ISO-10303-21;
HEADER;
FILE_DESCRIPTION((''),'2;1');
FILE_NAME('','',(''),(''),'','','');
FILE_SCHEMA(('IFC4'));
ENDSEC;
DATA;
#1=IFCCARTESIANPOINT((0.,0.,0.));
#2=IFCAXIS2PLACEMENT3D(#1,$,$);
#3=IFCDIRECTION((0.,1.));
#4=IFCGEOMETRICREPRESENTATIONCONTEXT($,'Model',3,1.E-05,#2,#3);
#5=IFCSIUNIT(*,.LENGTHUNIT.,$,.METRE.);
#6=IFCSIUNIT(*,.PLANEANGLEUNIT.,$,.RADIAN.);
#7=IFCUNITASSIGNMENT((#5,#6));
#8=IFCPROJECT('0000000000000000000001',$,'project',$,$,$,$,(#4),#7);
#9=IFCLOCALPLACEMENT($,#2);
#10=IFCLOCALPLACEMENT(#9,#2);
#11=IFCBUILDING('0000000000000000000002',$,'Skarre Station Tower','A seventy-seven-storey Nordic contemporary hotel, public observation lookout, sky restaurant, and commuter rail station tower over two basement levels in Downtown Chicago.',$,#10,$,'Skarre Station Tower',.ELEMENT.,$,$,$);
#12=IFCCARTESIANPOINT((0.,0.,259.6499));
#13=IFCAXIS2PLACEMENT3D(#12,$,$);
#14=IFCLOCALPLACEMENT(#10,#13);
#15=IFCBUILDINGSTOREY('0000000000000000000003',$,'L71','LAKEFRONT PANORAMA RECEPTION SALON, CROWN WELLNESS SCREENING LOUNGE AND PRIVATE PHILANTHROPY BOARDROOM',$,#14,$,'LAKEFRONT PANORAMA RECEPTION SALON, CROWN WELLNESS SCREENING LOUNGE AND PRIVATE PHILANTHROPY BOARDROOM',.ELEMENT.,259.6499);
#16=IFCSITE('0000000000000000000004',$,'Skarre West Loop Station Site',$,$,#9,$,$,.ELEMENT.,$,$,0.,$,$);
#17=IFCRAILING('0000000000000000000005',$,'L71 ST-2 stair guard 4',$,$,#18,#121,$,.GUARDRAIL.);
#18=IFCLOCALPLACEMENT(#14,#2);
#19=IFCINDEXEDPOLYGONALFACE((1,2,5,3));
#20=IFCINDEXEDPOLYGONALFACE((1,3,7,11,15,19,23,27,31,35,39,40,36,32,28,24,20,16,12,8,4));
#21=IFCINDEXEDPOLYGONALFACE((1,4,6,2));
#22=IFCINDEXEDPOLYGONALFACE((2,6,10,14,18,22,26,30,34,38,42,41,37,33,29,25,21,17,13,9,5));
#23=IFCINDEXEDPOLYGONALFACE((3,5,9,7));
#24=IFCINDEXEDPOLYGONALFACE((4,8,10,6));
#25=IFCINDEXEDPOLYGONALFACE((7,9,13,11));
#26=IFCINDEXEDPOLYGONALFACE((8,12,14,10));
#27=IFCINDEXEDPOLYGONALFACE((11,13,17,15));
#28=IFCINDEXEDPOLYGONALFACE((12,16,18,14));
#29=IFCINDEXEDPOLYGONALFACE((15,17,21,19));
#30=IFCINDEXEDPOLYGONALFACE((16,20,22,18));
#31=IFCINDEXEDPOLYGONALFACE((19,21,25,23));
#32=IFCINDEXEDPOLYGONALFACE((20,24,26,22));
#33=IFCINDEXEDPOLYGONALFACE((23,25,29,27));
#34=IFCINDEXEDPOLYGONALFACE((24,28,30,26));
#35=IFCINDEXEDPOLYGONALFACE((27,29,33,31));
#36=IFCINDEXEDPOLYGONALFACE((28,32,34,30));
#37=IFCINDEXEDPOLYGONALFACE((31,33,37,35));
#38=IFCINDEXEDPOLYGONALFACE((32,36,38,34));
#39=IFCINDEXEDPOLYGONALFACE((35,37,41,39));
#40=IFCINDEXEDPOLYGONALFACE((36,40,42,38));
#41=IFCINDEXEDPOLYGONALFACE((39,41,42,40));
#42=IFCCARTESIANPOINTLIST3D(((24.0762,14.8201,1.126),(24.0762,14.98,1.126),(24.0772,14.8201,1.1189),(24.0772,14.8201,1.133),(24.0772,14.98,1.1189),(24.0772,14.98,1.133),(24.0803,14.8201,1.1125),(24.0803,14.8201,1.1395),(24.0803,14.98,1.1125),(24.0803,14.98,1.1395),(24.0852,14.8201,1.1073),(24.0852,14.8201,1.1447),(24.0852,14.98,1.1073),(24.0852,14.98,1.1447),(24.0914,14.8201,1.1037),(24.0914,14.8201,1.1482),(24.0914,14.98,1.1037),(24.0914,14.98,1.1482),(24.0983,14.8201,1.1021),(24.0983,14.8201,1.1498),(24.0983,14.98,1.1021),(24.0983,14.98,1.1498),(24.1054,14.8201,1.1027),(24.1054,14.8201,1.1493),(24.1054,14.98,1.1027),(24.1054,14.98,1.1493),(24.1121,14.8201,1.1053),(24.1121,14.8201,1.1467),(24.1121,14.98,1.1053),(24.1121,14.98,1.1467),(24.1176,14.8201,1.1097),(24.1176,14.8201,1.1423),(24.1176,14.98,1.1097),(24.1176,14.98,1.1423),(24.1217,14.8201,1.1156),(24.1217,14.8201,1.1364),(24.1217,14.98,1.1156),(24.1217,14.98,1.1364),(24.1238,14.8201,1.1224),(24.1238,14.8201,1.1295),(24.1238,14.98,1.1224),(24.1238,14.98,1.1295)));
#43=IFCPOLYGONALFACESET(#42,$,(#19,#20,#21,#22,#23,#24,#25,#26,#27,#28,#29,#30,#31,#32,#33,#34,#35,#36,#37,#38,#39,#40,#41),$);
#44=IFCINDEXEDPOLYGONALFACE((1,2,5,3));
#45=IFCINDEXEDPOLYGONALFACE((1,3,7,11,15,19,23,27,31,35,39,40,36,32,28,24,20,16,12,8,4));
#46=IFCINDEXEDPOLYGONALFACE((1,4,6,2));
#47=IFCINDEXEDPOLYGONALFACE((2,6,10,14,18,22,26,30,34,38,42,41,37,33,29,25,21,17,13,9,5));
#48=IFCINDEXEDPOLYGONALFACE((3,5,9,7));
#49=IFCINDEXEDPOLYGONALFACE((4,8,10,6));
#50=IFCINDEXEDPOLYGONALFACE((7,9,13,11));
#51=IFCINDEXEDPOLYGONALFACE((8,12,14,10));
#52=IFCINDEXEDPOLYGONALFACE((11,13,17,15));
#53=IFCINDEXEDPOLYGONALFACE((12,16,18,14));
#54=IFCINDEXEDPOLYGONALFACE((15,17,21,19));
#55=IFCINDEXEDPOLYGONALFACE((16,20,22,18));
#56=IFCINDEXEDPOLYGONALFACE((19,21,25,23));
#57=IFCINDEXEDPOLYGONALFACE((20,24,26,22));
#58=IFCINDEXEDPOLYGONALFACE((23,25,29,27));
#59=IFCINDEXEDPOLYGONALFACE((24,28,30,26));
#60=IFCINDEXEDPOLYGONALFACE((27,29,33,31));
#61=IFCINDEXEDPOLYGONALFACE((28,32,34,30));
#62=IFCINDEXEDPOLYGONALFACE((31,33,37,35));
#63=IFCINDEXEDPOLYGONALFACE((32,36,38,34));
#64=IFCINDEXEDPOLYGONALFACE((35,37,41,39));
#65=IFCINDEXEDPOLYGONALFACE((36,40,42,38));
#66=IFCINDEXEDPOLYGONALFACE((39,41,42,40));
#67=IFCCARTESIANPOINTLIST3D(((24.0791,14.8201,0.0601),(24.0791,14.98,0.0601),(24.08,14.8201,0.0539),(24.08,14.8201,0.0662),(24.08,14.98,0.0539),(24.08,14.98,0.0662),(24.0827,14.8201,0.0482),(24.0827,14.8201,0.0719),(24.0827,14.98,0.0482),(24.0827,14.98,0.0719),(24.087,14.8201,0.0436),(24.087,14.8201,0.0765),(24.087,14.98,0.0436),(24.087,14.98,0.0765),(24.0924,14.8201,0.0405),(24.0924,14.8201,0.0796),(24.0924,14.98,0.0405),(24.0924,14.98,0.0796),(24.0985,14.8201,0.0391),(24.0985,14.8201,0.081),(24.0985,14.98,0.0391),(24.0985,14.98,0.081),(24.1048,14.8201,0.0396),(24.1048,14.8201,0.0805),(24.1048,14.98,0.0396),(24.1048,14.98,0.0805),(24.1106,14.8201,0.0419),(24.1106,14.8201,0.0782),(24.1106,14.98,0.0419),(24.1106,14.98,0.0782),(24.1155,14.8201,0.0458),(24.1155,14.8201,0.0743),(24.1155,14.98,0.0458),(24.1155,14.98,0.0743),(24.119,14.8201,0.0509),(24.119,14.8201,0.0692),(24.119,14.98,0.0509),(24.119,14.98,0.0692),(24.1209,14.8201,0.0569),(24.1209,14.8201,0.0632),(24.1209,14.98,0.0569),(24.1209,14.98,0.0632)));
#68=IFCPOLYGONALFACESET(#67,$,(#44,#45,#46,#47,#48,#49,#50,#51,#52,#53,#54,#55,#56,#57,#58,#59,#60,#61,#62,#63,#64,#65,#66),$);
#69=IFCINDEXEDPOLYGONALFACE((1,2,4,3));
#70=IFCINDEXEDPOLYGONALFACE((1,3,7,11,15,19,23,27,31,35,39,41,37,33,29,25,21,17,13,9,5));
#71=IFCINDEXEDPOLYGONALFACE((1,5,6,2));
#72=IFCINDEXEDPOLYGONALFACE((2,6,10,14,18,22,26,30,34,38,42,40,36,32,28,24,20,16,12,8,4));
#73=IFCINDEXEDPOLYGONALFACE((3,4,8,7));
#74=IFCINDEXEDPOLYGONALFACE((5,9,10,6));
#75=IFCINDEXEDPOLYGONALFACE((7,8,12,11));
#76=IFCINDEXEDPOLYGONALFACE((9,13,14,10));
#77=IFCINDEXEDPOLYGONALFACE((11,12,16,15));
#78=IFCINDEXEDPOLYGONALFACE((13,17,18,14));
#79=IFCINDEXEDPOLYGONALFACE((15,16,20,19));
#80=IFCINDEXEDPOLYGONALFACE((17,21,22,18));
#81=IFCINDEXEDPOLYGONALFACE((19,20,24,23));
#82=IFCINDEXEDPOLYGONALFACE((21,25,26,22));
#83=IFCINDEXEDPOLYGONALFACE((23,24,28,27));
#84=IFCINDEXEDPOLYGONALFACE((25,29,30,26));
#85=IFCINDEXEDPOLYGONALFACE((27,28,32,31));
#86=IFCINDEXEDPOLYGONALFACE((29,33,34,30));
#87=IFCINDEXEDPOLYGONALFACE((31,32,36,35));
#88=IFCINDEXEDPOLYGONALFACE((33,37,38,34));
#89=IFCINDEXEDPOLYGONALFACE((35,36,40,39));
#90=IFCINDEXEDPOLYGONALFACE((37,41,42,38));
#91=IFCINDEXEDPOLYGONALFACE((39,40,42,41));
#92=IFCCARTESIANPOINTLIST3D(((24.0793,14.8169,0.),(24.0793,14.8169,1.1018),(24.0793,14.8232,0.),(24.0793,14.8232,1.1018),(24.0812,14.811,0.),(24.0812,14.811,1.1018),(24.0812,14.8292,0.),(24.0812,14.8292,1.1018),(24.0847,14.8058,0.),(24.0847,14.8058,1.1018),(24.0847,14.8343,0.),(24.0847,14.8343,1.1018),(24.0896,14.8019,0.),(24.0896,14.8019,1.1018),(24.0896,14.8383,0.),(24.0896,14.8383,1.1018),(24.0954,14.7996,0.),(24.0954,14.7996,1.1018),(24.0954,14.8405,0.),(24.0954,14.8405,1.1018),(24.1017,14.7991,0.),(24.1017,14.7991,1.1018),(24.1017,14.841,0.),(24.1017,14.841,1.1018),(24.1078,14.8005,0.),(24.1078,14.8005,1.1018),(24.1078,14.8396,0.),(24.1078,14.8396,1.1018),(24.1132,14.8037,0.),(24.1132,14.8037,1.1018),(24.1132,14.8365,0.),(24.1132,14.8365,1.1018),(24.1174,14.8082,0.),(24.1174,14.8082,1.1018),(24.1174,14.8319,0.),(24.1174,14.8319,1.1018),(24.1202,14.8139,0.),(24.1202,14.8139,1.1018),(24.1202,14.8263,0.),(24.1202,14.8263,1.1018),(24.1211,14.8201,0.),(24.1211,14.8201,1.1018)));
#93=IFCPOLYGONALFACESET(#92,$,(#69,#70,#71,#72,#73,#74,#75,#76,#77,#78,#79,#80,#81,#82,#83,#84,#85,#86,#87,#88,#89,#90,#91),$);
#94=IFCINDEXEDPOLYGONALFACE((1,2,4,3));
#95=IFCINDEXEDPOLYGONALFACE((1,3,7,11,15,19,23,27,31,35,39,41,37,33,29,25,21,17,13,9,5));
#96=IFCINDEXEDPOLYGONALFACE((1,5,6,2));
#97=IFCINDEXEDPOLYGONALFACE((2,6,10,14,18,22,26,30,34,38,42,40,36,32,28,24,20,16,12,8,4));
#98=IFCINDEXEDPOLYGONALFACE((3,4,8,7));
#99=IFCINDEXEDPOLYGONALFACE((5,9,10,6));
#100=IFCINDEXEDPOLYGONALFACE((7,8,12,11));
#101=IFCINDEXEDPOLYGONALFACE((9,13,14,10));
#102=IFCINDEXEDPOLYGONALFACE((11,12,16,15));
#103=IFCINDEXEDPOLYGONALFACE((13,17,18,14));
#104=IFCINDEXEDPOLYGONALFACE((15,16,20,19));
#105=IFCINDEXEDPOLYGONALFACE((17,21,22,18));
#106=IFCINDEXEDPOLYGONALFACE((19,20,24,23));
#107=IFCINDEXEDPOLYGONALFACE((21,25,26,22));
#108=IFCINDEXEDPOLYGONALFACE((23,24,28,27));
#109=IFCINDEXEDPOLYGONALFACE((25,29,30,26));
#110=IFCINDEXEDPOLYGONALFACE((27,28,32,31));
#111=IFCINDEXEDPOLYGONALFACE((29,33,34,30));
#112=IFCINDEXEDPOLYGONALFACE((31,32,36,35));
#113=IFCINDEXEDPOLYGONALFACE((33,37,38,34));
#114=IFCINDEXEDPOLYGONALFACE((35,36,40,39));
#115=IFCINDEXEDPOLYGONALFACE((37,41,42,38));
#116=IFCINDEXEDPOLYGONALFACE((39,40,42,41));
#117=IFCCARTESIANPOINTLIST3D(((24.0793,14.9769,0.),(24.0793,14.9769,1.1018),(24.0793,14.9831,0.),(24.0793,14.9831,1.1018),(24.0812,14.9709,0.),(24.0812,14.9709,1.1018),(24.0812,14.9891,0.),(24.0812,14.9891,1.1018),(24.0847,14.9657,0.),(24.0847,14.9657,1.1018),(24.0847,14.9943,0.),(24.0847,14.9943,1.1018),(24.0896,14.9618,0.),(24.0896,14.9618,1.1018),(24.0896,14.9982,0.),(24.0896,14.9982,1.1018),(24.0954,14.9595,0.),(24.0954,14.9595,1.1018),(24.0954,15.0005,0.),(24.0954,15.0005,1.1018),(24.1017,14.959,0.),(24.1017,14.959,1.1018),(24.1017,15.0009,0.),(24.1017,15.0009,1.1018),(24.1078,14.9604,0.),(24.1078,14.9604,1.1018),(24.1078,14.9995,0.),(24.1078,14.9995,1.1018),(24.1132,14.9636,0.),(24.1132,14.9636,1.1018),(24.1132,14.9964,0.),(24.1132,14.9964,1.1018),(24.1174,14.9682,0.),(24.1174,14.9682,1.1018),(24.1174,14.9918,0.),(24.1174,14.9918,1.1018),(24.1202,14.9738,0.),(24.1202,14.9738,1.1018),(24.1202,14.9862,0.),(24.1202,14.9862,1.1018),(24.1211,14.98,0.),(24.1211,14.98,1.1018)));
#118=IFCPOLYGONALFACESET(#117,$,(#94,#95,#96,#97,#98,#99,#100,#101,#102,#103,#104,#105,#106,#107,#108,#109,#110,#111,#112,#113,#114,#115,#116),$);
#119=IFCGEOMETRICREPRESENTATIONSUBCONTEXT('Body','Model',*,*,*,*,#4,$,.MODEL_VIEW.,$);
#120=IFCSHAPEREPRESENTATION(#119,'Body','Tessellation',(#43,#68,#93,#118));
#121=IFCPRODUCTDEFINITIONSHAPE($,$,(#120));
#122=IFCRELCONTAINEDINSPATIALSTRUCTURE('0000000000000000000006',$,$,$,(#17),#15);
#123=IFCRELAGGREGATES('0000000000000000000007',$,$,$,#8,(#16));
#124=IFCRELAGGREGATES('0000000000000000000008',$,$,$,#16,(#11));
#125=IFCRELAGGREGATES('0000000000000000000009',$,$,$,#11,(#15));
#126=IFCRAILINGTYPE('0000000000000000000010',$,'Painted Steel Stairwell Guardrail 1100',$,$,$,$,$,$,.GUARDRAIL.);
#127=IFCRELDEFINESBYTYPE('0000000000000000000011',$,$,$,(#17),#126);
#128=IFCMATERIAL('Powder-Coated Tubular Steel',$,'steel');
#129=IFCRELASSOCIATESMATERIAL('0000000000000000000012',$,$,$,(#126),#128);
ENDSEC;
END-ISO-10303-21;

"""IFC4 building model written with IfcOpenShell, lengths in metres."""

from ifc_helpers import new_model, si_unit, direction, frame, origin, origin_2d, place, context, subcontext, project, spatial, circle, extrude, material, type_object, element, save


model = new_model("IFC4")

# Units and contexts
model_context = context("Model", 3, precision=1e-05, world=origin(), true_north=direction((0.0, 1.0)))
body_context = subcontext(model_context, "Body", "Model", "MODEL_VIEW")
ifc_project = project(units=[si_unit("LENGTHUNIT", "METRE"), si_unit("PLANEANGLEUNIT", "RADIAN")], contexts=[model_context])

# Site, building, storey
site_placement = place(None, origin())
site = spatial("IfcSite", under=ifc_project, at=site_placement, Name="Skarre West Loop Station Site", CompositionType="ELEMENT", RefElevation=0.0)
building_placement = place(site_placement, origin())
building = spatial("IfcBuilding", under=site, at=building_placement, Name="Skarre Station Tower", Description="A seventy-seven-storey Nordic contemporary hotel, public observation lookout, sky restaurant, and commuter rail station tower over two basement levels in Downtown Chicago.", LongName="Skarre Station Tower", CompositionType="ELEMENT")
storey_placement = place(building_placement, frame((0.0, 0.0, 259.6499)))
storey = spatial("IfcBuildingStorey", under=building, at=storey_placement, Name="L71", Description="LAKEFRONT PANORAMA RECEPTION SALON, CROWN WELLNESS SCREENING LOUNGE AND PRIVATE PHILANTHROPY BOARDROOM", LongName="LAKEFRONT PANORAMA RECEPTION SALON, CROWN WELLNESS SCREENING LOUNGE AND PRIVATE PHILANTHROPY BOARDROOM", CompositionType="ELEMENT", Elevation=259.6499)

# Railing
ifc_material_1 = material(Name="Powder-Coated Tubular Steel", Category="steel")
railing_type_1 = type_object("IfcRailingType", Name="Painted Steel Stairwell Guardrail 1100", PredefinedType="GUARDRAIL", material=ifc_material_1)
railing_1_placement = place(storey_placement, frame((24.1001, 14.8201, 0.0)))
element("IfcRailing", 1, at=railing_1_placement, inside=storey, type_object=railing_type_1, Name="L71 ST-2 stair guard 4", PredefinedType="GUARDRAIL", context=body_context, shape_type="SweptSolid", body=[
    extrude(circle(Radius=0.0239, at=origin_2d()), frame((0.0, 0.0, 1.126), z_axis=(0.0, 1.0, 0.0), x_axis=(-1.0, 0.0, 0.0)), (0.0, 0.0, 1.0), 0.1599),
    extrude(circle(Radius=0.021, at=origin_2d()), frame((0.0, 0.0, 0.0601), z_axis=(0.0, 1.0, 0.0), x_axis=(-1.0, 0.0, 0.0)), (0.0, 0.0, 1.0), 0.1599),
    extrude(circle(Radius=0.021, at=origin_2d()), origin(), (0.0, 0.0, 1.0), 1.1018),
    extrude(circle(Radius=0.021, at=origin_2d()), frame((0.0, 0.1599, 0.0)), (0.0, 0.0, 1.0), 1.1018),
])

save(model, "model.ifc")
